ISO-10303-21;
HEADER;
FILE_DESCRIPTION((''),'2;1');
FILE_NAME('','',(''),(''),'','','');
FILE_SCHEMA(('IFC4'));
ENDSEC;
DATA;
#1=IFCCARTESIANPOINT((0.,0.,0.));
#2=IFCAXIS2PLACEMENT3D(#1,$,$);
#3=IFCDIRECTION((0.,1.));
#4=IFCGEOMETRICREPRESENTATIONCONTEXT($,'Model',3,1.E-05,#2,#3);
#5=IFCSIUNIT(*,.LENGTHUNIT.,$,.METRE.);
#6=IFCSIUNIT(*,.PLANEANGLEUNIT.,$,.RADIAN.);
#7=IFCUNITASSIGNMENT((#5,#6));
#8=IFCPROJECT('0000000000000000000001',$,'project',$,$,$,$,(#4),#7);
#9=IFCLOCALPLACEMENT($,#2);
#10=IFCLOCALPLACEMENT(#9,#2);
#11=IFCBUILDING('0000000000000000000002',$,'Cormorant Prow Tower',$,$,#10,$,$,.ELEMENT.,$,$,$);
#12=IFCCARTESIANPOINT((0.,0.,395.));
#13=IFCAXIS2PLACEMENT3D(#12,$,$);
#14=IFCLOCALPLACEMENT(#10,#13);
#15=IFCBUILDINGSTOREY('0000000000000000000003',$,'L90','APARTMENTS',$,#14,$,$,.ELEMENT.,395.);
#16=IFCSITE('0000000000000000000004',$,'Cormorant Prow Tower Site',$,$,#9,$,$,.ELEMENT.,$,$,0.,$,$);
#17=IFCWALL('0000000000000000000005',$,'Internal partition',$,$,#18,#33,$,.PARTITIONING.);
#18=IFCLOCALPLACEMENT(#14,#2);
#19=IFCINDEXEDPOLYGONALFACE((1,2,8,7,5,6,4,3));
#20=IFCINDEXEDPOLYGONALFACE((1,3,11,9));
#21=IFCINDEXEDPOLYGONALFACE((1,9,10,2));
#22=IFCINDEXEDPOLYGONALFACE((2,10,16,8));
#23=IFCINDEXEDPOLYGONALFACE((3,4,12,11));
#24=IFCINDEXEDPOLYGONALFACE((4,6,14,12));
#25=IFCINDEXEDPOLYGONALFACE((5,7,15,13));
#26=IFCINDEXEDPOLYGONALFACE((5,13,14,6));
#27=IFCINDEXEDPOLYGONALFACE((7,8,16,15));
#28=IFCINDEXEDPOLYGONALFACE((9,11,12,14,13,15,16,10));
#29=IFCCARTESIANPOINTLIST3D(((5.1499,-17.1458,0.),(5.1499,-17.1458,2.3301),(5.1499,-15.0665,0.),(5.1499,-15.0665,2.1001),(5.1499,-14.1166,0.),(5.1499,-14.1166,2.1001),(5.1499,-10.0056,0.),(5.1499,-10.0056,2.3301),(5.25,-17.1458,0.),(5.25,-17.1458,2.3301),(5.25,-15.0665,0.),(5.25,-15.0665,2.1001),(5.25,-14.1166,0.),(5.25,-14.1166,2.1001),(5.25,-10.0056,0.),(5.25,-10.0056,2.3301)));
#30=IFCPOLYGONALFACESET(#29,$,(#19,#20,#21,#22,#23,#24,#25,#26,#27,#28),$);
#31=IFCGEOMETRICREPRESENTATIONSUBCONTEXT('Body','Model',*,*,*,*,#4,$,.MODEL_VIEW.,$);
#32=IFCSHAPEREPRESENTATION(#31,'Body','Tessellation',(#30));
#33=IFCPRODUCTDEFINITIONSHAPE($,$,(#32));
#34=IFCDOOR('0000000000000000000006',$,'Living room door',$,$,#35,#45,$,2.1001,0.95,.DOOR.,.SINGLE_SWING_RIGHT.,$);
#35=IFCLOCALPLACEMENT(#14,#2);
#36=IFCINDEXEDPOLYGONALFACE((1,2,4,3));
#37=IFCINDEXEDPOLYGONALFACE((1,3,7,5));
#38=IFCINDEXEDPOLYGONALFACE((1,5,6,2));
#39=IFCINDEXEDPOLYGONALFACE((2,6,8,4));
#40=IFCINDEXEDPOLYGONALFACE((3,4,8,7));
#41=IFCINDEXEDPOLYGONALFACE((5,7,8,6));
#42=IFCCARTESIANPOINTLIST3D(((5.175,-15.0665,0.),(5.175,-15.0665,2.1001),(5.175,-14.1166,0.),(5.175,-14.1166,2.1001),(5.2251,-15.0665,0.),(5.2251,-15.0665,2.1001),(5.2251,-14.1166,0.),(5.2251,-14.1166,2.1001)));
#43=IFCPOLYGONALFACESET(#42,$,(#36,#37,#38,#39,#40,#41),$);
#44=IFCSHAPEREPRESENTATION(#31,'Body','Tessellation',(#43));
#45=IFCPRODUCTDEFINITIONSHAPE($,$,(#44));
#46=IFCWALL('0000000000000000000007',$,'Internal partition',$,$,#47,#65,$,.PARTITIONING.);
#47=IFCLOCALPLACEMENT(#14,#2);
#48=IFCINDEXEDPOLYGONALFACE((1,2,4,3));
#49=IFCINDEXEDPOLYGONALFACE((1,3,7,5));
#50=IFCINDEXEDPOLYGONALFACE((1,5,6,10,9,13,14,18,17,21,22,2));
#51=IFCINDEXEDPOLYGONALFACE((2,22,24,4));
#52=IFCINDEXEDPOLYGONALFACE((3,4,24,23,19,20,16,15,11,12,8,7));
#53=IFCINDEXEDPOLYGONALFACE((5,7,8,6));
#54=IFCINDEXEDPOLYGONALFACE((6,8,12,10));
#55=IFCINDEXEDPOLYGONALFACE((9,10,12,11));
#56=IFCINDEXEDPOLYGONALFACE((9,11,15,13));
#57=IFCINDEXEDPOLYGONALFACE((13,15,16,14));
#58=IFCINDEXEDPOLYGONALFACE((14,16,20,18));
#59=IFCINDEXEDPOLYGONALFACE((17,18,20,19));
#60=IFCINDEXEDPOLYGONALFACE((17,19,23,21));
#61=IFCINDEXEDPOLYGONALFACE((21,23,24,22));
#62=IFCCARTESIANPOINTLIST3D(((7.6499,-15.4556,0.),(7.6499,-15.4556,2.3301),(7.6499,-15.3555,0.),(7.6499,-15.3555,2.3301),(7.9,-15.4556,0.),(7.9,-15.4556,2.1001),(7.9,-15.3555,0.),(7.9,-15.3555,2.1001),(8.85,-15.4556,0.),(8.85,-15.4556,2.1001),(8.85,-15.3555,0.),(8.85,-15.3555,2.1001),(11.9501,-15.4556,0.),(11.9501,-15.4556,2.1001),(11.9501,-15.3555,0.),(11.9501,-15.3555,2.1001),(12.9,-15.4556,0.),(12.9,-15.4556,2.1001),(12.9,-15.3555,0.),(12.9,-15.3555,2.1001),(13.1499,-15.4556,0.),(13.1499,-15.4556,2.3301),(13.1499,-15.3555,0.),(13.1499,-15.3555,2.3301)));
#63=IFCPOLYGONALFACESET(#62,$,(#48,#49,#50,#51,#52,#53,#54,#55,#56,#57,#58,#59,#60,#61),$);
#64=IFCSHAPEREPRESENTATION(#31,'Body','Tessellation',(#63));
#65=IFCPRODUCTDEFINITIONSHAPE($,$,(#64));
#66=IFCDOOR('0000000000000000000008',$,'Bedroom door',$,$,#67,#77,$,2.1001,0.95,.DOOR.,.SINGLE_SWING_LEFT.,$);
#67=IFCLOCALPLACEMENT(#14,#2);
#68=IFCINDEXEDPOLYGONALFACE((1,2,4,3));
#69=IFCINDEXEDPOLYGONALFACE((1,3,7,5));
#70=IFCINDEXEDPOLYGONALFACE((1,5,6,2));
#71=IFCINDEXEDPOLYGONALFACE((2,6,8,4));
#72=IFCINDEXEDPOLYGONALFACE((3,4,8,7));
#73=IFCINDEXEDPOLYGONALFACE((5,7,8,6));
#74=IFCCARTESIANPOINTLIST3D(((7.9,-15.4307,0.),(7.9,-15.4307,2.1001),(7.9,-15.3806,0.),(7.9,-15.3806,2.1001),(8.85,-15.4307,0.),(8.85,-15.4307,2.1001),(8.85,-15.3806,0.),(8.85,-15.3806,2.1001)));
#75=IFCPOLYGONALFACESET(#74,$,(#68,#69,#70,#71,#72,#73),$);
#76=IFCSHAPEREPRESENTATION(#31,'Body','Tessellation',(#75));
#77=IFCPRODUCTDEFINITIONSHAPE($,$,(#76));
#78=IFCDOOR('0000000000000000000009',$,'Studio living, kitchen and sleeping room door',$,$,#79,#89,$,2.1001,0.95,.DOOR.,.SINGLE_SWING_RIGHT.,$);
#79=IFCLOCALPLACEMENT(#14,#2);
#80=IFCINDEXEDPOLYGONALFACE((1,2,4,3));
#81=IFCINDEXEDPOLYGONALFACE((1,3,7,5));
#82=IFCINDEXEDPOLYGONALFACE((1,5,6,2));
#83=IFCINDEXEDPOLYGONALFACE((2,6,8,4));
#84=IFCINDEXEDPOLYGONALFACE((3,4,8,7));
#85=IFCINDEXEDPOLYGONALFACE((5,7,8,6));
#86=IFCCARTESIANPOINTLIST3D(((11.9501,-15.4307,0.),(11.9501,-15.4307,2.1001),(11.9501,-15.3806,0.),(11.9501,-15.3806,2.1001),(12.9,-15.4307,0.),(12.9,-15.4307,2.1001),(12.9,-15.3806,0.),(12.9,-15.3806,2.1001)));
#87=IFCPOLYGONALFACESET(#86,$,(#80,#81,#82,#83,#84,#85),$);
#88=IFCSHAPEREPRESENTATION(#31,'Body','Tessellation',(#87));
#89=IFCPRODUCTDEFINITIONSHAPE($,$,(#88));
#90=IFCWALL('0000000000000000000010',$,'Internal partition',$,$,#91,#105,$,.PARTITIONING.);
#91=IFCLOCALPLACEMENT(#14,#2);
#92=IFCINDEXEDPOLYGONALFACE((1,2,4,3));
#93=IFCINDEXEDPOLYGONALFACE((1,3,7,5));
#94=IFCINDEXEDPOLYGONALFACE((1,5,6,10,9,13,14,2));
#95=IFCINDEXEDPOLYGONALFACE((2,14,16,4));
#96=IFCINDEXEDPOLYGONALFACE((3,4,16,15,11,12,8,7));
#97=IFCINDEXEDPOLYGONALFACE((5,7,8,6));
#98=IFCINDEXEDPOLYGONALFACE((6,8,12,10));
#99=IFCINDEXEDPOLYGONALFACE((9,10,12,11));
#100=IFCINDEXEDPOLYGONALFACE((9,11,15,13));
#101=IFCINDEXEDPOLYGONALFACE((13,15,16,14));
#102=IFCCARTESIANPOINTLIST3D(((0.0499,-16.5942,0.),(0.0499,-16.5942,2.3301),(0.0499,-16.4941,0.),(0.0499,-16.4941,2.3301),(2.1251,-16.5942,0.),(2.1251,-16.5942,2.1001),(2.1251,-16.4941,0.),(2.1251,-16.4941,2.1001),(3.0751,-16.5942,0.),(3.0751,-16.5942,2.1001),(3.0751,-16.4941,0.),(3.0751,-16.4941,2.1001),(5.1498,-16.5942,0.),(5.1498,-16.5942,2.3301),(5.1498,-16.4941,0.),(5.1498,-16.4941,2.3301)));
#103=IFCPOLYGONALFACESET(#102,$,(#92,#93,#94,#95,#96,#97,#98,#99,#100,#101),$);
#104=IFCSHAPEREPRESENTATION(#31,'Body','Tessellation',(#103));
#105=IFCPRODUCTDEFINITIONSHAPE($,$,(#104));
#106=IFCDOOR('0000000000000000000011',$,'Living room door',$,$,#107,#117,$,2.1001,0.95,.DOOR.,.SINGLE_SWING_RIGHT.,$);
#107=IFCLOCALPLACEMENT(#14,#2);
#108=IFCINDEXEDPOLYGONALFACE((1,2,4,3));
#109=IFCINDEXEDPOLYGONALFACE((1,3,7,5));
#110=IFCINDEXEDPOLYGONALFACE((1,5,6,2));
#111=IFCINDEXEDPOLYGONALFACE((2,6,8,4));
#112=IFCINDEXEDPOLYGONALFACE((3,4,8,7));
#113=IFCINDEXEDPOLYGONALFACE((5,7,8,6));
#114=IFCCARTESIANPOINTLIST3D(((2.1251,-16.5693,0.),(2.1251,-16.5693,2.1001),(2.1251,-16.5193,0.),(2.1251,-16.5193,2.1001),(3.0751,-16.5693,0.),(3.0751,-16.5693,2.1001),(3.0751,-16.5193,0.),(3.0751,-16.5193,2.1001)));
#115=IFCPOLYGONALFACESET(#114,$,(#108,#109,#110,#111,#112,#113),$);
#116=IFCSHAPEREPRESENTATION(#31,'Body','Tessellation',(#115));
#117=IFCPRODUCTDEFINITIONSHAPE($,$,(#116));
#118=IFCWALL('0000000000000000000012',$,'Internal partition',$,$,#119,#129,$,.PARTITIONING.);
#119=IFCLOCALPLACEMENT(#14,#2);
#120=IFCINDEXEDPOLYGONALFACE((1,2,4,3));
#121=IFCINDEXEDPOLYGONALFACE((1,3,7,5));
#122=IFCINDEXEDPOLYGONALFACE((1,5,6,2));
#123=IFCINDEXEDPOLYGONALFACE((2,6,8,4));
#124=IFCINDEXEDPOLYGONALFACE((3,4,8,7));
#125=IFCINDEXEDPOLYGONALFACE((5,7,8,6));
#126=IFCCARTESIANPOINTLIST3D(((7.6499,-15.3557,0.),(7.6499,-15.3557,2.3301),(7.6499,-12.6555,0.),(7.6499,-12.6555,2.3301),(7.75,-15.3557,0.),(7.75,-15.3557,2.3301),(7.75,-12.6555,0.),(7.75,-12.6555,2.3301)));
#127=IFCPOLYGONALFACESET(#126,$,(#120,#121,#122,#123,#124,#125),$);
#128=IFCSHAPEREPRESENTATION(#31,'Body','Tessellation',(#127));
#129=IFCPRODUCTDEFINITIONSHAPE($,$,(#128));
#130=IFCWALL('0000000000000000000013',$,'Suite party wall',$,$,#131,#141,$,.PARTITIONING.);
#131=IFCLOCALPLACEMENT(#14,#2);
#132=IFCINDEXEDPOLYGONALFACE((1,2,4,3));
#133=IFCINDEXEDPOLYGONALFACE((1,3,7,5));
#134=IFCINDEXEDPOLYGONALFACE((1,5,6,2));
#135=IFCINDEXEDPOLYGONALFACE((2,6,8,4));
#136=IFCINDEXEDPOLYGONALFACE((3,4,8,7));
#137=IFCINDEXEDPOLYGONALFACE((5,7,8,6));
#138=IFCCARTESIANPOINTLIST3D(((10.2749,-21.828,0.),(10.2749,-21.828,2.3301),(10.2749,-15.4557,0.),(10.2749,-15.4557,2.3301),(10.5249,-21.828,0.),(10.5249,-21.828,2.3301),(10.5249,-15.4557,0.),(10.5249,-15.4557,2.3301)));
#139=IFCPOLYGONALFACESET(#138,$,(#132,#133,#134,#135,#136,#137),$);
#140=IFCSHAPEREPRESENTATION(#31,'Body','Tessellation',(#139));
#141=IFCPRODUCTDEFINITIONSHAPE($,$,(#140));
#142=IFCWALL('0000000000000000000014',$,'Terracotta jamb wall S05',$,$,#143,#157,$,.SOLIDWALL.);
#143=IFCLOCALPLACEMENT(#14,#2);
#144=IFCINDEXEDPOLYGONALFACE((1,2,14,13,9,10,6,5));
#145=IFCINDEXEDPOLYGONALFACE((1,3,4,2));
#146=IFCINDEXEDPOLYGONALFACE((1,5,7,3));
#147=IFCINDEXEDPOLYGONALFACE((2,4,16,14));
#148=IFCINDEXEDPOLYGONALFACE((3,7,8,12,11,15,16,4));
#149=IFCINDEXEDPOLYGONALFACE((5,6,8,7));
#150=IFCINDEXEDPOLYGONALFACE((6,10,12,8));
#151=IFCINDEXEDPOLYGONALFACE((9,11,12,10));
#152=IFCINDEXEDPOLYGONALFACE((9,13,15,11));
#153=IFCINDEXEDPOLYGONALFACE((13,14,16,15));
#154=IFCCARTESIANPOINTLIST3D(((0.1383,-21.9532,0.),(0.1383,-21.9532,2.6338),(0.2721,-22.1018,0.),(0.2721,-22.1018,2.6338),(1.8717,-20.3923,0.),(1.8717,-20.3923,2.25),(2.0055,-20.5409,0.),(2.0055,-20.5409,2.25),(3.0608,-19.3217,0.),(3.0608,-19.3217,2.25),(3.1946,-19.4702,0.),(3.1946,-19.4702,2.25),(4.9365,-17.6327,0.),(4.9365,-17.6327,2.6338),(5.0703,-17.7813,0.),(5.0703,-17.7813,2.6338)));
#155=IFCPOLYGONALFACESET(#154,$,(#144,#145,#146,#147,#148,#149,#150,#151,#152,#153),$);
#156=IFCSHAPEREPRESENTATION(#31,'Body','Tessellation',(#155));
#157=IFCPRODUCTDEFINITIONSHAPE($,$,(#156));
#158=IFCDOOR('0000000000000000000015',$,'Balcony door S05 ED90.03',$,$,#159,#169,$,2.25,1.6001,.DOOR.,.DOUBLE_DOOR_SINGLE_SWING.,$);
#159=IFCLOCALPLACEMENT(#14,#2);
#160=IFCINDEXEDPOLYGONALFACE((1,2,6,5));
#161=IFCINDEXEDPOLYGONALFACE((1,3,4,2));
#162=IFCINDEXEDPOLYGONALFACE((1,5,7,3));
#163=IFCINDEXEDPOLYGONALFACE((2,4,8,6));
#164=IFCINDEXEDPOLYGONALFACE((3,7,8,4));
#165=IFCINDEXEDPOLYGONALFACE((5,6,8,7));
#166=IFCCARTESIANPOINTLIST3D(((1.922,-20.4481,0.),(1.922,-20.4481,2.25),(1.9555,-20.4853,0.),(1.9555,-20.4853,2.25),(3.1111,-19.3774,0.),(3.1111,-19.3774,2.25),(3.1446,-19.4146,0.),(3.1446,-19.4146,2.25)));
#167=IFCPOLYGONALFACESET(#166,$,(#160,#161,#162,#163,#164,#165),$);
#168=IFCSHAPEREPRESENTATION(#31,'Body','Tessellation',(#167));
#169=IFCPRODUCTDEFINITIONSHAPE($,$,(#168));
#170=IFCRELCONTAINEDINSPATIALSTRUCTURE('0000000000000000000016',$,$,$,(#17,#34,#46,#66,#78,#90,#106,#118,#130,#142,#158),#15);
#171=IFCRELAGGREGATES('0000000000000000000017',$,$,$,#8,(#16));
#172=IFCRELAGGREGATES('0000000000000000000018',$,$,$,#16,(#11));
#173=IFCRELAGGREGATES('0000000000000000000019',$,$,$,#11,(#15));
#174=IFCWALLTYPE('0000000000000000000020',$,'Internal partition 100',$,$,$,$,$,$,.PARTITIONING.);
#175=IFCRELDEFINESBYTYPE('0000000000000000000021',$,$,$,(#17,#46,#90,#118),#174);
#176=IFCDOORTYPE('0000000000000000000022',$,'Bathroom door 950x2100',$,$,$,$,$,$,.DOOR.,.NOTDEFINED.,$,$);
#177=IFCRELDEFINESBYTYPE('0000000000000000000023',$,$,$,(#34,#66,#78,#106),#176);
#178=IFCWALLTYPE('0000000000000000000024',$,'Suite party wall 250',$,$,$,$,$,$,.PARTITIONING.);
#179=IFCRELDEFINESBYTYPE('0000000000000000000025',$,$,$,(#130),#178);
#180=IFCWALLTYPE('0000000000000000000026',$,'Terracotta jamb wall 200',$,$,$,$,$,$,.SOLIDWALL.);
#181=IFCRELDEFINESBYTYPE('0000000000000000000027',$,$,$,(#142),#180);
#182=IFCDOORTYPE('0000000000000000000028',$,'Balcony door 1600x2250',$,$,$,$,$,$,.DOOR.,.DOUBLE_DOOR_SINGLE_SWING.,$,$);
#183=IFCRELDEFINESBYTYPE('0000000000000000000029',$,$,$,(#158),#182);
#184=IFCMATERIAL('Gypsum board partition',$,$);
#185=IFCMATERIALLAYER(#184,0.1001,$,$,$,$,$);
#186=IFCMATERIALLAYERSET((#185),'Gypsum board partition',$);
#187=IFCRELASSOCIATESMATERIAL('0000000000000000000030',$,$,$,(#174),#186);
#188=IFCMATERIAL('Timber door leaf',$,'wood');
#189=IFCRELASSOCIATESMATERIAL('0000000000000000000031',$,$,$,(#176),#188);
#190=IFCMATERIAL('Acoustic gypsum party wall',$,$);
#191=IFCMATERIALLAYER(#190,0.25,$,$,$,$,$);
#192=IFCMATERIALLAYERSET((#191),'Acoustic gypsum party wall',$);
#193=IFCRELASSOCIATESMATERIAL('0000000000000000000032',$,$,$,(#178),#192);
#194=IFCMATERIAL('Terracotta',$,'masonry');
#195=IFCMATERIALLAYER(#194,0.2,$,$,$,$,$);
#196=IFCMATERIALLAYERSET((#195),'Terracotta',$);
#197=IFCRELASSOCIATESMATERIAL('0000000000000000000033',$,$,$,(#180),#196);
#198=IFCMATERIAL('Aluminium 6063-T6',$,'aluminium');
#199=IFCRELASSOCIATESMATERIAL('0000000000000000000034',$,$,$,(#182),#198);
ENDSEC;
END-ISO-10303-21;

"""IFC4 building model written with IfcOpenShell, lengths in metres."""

from ifc_helpers import new_model, si_unit, direction, frame, frame_2d, origin, place, context, subcontext, project, spatial, rectangle, extrude, material, layer, layer_set, type_object, element, fill, save


model = new_model("IFC4")

# Units and contexts
model_context = context("Model", 3, precision=1e-05, world=origin(), true_north=direction((0.0, 1.0)))
body_context = subcontext(model_context, "Body", "Model", "MODEL_VIEW")
ifc_project = project(units=[si_unit("LENGTHUNIT", "METRE"), si_unit("PLANEANGLEUNIT", "RADIAN")], contexts=[model_context])

# Site, building, storey
site_placement = place(None, origin())
site = spatial("IfcSite", under=ifc_project, at=site_placement, Name="Cormorant Prow Tower Site", CompositionType="ELEMENT", RefElevation=0.0)
building_placement = place(site_placement, origin())
building = spatial("IfcBuilding", under=site, at=building_placement, Name="Cormorant Prow Tower", CompositionType="ELEMENT")
storey_placement = place(building_placement, frame((0.0, 0.0, 395.0)))
storey = spatial("IfcBuildingStorey", under=building, at=storey_placement, Name="L90", Description="APARTMENTS", CompositionType="ELEMENT", Elevation=395.0)

# Wall, opening, door
ifc_material_1 = material(Name="Gypsum board partition")
ifc_layer_1 = layer(ifc_material_1, 0.1001)
ifc_layer_set_1 = layer_set([ifc_layer_1], Name="Gypsum board partition")
wall_type_1 = type_object("IfcWallType", Name="Internal partition 100", PredefinedType="PARTITIONING", material=ifc_layer_set_1)
ifc_material_2 = material(Name="Timber door leaf", Category="wood")
door_type_1 = type_object("IfcDoorType", Name="Bathroom door 950x2100", OperationType="NOTDEFINED", PredefinedType="DOOR", material=ifc_material_2)
wall_1_placement = place(storey_placement, frame((5.2, -17.1458, 0.0), z_axis=(0.0, 0.0, 1.0), x_axis=(0.0, 1.0, 0.0)))
wall_1 = element("IfcWall", 1, at=wall_1_placement, inside=storey, type_object=wall_type_1, Name="Internal partition", PredefinedType="PARTITIONING", context=body_context, shape_type="SweptSolid", body=[
    extrude(rectangle(XDim=7.1401, YDim=0.1001, at=frame_2d((3.5701, 0.0))), origin(), (0.0, 0.0, 1.0), 2.3301),
])
opening_1_placement = place(wall_1_placement, frame((2.0791, 0.0, 0.0)))
opening_1 = element("IfcOpeningElement", 2, at=opening_1_placement, cuts=wall_1, PredefinedType="OPENING", context=body_context, shape_type="SweptSolid", body=[
    extrude(rectangle(XDim=0.95, YDim=2.1001, at=frame_2d((0.4751, 1.05))), frame((0.0, 0.0601, 0.0), z_axis=(0.0, -1.0, 0.0), x_axis=(1.0, 0.0, 0.0)), (0.0, 0.0, 1.0), 0.1201),
])
door_1_placement = place(opening_1_placement, origin())
door_1 = element("IfcDoor", 3, at=door_1_placement, inside=storey, type_object=door_type_1, Name="Living room door", OperationType="SINGLE_SWING_RIGHT", OverallHeight=2.1001, OverallWidth=0.95, PredefinedType="DOOR", context=body_context, shape_type="SweptSolid", body=[
    extrude(rectangle(XDim=0.95, YDim=2.1001, at=frame_2d((0.4751, 1.05))), frame((0.0, 0.0249, 0.0), z_axis=(0.0, -1.0, 0.0), x_axis=(1.0, 0.0, 0.0)), (0.0, 0.0, 1.0), 0.05),
])
fill(opening_1, door_1)

# Wall, openings, doors
wall_2_placement = place(storey_placement, frame((7.6499, -15.4055, 0.0), z_axis=(0.0, 0.0, 1.0), x_axis=(1.0, 0.0, 0.0)))
wall_2 = element("IfcWall", 4, at=wall_2_placement, inside=storey, type_object=wall_type_1, Name="Internal partition", PredefinedType="PARTITIONING", context=body_context, shape_type="SweptSolid", body=[
    extrude(rectangle(XDim=5.5, YDim=0.1001, at=frame_2d((2.75, 0.0))), origin(), (0.0, 0.0, 1.0), 2.3301),
])
opening_2_placement = place(wall_2_placement, frame((0.25, 0.0, 0.0)))
opening_2 = element("IfcOpeningElement", 5, at=opening_2_placement, cuts=wall_2, PredefinedType="OPENING", context=body_context, shape_type="SweptSolid", body=[
    extrude(rectangle(XDim=0.95, YDim=2.1001, at=frame_2d((0.4751, 1.05))), frame((0.0, 0.0601, 0.0), z_axis=(0.0, -1.0, 0.0), x_axis=(1.0, 0.0, 0.0)), (0.0, 0.0, 1.0), 0.1201),
])
opening_3_placement = place(wall_2_placement, frame((4.3, 0.0, 0.0)))
opening_3 = element("IfcOpeningElement", 6, at=opening_3_placement, cuts=wall_2, PredefinedType="OPENING", context=body_context, shape_type="SweptSolid", body=[
    extrude(rectangle(XDim=0.95, YDim=2.1001, at=frame_2d((0.4751, 1.05))), frame((0.0, 0.0601, 0.0), z_axis=(0.0, -1.0, 0.0), x_axis=(1.0, 0.0, 0.0)), (0.0, 0.0, 1.0), 0.1201),
])
door_2_placement = place(opening_2_placement, origin())
door_2 = element("IfcDoor", 7, at=door_2_placement, inside=storey, type_object=door_type_1, Name="Bedroom door", OperationType="SINGLE_SWING_LEFT", OverallHeight=2.1001, OverallWidth=0.95, PredefinedType="DOOR", context=body_context, shape_type="SweptSolid", body=[
    extrude(rectangle(XDim=0.95, YDim=2.1001, at=frame_2d((0.4751, 1.05))), frame((0.0, 0.0249, 0.0), z_axis=(0.0, -1.0, 0.0), x_axis=(1.0, 0.0, 0.0)), (0.0, 0.0, 1.0), 0.05),
])
fill(opening_2, door_2)
door_3_placement = place(opening_3_placement, origin())
door_3 = element("IfcDoor", 8, at=door_3_placement, inside=storey, type_object=door_type_1, Name="Studio living, kitchen and sleeping room door", OperationType="SINGLE_SWING_RIGHT", OverallHeight=2.1001, OverallWidth=0.95, PredefinedType="DOOR", context=body_context, shape_type="SweptSolid", body=[
    extrude(rectangle(XDim=0.95, YDim=2.1001, at=frame_2d((0.4751, 1.05))), frame((0.0, 0.0249, 0.0), z_axis=(0.0, -1.0, 0.0), x_axis=(1.0, 0.0, 0.0)), (0.0, 0.0, 1.0), 0.05),
])
fill(opening_3, door_3)

# Wall, opening, door
wall_3_placement = place(storey_placement, frame((0.05, -16.5442, 0.0), z_axis=(0.0, 0.0, 1.0), x_axis=(1.0, 0.0, 0.0)))
wall_3 = element("IfcWall", 9, at=wall_3_placement, inside=storey, type_object=wall_type_1, Name="Internal partition", PredefinedType="PARTITIONING", context=body_context, shape_type="SweptSolid", body=[
    extrude(rectangle(XDim=5.0999, YDim=0.1001, at=frame_2d((2.5498, 0.0))), origin(), (0.0, 0.0, 1.0), 2.3301),
])
opening_4_placement = place(wall_3_placement, frame((2.075, 0.0, 0.0)))
opening_4 = element("IfcOpeningElement", 10, at=opening_4_placement, cuts=wall_3, PredefinedType="OPENING", context=body_context, shape_type="SweptSolid", body=[
    extrude(rectangle(XDim=0.95, YDim=2.1001, at=frame_2d((0.4751, 1.05))), frame((0.0, 0.0601, 0.0), z_axis=(0.0, -1.0, 0.0), x_axis=(1.0, 0.0, 0.0)), (0.0, 0.0, 1.0), 0.1201),
])
door_4_placement = place(opening_4_placement, origin())
door_4 = element("IfcDoor", 11, at=door_4_placement, inside=storey, type_object=door_type_1, Name="Living room door", OperationType="SINGLE_SWING_RIGHT", OverallHeight=2.1001, OverallWidth=0.95, PredefinedType="DOOR", context=body_context, shape_type="SweptSolid", body=[
    extrude(rectangle(XDim=0.95, YDim=2.1001, at=frame_2d((0.4751, 1.05))), frame((0.0, 0.0249, 0.0), z_axis=(0.0, -1.0, 0.0), x_axis=(1.0, 0.0, 0.0)), (0.0, 0.0, 1.0), 0.05),
])
fill(opening_4, door_4)

# Walls
wall_4_placement = place(storey_placement, frame((7.7, -15.3557, 0.0), z_axis=(0.0, 0.0, 1.0), x_axis=(0.0, 1.0, 0.0)))
element("IfcWall", 12, at=wall_4_placement, inside=storey, type_object=wall_type_1, Name="Internal partition", PredefinedType="PARTITIONING", context=body_context, shape_type="SweptSolid", body=[
    extrude(rectangle(XDim=2.7002, YDim=0.1001, at=frame_2d((1.3501, 0.0))), origin(), (0.0, 0.0, 1.0), 2.3301),
])
ifc_material_3 = material(Name="Acoustic gypsum party wall")
ifc_layer_2 = layer(ifc_material_3, 0.25)
ifc_layer_set_2 = layer_set([ifc_layer_2], Name="Acoustic gypsum party wall")
wall_type_2 = type_object("IfcWallType", Name="Suite party wall 250", PredefinedType="PARTITIONING", material=ifc_layer_set_2)
wall_5_placement = place(storey_placement, frame((10.3999, -21.8279, 0.0), z_axis=(0.0, 0.0, 1.0), x_axis=(0.0, 1.0, 0.0)))
element("IfcWall", 13, at=wall_5_placement, inside=storey, type_object=wall_type_2, Name="Suite party wall", PredefinedType="PARTITIONING", context=body_context, shape_type="SweptSolid", body=[
    extrude(rectangle(XDim=6.3723, YDim=0.25, at=frame_2d((3.186, 0.0))), origin(), (0.0, 0.0, 1.0), 2.3301),
])

# Wall, opening, door
ifc_material_4 = material(Name="Terracotta", Category="masonry")
ifc_layer_3 = layer(ifc_material_4, 0.2)
ifc_layer_set_3 = layer_set([ifc_layer_3], Name="Terracotta")
wall_type_3 = type_object("IfcWallType", Name="Terracotta jamb wall 200", PredefinedType="SOLIDWALL", material=ifc_layer_set_3)
wall_6_placement = place(storey_placement, frame((0.2051, -22.0276, 0.0), z_axis=(0.0, 0.0, 1.0), x_axis=(0.743136, 0.66914, 0.0)))
wall_6 = element("IfcWall", 14, at=wall_6_placement, inside=storey, type_object=wall_type_3, Name="Terracotta jamb wall S05", PredefinedType="SOLIDWALL", context=body_context, shape_type="SweptSolid", body=[
    extrude(rectangle(XDim=6.4568, YDim=0.2, at=frame_2d((3.2285, 0.0))), origin(), (0.0, 0.0, 1.0), 2.6338),
])
opening_5_placement = place(wall_6_placement, frame((2.3328, 0.0, 0.0)))
opening_5 = element("IfcOpeningElement", 15, at=opening_5_placement, cuts=wall_6, PredefinedType="OPENING", context=body_context, shape_type="SweptSolid", body=[
    extrude(rectangle(XDim=1.6001, YDim=2.25, at=frame_2d((0.8, 1.125))), frame((0.0, 0.1099, 0.0), z_axis=(0.0, -1.0, 0.0), x_axis=(1.0, 0.0, 0.0)), (0.0, 0.0, 1.0), 0.22),
])
ifc_material_5 = material(Name="Aluminium 6063-T6", Category="aluminium")
door_type_2 = type_object("IfcDoorType", Name="Balcony door 1600x2250", OperationType="DOUBLE_DOOR_SINGLE_SWING", PredefinedType="DOOR", material=ifc_material_5)
door_5_placement = place(opening_5_placement, origin())
door_5 = element("IfcDoor", 16, at=door_5_placement, inside=storey, type_object=door_type_2, Name="Balcony door S05 ED90.03", OperationType="DOUBLE_DOOR_SINGLE_SWING", OverallHeight=2.25, OverallWidth=1.6001, PredefinedType="DOOR", context=body_context, shape_type="SweptSolid", body=[
    extrude(rectangle(XDim=1.6001, YDim=2.25, at=frame_2d((0.8, 1.125))), frame((0.0, 0.0249, 0.0), z_axis=(0.0, -1.0, 0.0), x_axis=(1.0, 0.0, 0.0)), (0.0, 0.0, 1.0), 0.05),
])
fill(opening_5, door_5)

save(model, "model.ifc")
